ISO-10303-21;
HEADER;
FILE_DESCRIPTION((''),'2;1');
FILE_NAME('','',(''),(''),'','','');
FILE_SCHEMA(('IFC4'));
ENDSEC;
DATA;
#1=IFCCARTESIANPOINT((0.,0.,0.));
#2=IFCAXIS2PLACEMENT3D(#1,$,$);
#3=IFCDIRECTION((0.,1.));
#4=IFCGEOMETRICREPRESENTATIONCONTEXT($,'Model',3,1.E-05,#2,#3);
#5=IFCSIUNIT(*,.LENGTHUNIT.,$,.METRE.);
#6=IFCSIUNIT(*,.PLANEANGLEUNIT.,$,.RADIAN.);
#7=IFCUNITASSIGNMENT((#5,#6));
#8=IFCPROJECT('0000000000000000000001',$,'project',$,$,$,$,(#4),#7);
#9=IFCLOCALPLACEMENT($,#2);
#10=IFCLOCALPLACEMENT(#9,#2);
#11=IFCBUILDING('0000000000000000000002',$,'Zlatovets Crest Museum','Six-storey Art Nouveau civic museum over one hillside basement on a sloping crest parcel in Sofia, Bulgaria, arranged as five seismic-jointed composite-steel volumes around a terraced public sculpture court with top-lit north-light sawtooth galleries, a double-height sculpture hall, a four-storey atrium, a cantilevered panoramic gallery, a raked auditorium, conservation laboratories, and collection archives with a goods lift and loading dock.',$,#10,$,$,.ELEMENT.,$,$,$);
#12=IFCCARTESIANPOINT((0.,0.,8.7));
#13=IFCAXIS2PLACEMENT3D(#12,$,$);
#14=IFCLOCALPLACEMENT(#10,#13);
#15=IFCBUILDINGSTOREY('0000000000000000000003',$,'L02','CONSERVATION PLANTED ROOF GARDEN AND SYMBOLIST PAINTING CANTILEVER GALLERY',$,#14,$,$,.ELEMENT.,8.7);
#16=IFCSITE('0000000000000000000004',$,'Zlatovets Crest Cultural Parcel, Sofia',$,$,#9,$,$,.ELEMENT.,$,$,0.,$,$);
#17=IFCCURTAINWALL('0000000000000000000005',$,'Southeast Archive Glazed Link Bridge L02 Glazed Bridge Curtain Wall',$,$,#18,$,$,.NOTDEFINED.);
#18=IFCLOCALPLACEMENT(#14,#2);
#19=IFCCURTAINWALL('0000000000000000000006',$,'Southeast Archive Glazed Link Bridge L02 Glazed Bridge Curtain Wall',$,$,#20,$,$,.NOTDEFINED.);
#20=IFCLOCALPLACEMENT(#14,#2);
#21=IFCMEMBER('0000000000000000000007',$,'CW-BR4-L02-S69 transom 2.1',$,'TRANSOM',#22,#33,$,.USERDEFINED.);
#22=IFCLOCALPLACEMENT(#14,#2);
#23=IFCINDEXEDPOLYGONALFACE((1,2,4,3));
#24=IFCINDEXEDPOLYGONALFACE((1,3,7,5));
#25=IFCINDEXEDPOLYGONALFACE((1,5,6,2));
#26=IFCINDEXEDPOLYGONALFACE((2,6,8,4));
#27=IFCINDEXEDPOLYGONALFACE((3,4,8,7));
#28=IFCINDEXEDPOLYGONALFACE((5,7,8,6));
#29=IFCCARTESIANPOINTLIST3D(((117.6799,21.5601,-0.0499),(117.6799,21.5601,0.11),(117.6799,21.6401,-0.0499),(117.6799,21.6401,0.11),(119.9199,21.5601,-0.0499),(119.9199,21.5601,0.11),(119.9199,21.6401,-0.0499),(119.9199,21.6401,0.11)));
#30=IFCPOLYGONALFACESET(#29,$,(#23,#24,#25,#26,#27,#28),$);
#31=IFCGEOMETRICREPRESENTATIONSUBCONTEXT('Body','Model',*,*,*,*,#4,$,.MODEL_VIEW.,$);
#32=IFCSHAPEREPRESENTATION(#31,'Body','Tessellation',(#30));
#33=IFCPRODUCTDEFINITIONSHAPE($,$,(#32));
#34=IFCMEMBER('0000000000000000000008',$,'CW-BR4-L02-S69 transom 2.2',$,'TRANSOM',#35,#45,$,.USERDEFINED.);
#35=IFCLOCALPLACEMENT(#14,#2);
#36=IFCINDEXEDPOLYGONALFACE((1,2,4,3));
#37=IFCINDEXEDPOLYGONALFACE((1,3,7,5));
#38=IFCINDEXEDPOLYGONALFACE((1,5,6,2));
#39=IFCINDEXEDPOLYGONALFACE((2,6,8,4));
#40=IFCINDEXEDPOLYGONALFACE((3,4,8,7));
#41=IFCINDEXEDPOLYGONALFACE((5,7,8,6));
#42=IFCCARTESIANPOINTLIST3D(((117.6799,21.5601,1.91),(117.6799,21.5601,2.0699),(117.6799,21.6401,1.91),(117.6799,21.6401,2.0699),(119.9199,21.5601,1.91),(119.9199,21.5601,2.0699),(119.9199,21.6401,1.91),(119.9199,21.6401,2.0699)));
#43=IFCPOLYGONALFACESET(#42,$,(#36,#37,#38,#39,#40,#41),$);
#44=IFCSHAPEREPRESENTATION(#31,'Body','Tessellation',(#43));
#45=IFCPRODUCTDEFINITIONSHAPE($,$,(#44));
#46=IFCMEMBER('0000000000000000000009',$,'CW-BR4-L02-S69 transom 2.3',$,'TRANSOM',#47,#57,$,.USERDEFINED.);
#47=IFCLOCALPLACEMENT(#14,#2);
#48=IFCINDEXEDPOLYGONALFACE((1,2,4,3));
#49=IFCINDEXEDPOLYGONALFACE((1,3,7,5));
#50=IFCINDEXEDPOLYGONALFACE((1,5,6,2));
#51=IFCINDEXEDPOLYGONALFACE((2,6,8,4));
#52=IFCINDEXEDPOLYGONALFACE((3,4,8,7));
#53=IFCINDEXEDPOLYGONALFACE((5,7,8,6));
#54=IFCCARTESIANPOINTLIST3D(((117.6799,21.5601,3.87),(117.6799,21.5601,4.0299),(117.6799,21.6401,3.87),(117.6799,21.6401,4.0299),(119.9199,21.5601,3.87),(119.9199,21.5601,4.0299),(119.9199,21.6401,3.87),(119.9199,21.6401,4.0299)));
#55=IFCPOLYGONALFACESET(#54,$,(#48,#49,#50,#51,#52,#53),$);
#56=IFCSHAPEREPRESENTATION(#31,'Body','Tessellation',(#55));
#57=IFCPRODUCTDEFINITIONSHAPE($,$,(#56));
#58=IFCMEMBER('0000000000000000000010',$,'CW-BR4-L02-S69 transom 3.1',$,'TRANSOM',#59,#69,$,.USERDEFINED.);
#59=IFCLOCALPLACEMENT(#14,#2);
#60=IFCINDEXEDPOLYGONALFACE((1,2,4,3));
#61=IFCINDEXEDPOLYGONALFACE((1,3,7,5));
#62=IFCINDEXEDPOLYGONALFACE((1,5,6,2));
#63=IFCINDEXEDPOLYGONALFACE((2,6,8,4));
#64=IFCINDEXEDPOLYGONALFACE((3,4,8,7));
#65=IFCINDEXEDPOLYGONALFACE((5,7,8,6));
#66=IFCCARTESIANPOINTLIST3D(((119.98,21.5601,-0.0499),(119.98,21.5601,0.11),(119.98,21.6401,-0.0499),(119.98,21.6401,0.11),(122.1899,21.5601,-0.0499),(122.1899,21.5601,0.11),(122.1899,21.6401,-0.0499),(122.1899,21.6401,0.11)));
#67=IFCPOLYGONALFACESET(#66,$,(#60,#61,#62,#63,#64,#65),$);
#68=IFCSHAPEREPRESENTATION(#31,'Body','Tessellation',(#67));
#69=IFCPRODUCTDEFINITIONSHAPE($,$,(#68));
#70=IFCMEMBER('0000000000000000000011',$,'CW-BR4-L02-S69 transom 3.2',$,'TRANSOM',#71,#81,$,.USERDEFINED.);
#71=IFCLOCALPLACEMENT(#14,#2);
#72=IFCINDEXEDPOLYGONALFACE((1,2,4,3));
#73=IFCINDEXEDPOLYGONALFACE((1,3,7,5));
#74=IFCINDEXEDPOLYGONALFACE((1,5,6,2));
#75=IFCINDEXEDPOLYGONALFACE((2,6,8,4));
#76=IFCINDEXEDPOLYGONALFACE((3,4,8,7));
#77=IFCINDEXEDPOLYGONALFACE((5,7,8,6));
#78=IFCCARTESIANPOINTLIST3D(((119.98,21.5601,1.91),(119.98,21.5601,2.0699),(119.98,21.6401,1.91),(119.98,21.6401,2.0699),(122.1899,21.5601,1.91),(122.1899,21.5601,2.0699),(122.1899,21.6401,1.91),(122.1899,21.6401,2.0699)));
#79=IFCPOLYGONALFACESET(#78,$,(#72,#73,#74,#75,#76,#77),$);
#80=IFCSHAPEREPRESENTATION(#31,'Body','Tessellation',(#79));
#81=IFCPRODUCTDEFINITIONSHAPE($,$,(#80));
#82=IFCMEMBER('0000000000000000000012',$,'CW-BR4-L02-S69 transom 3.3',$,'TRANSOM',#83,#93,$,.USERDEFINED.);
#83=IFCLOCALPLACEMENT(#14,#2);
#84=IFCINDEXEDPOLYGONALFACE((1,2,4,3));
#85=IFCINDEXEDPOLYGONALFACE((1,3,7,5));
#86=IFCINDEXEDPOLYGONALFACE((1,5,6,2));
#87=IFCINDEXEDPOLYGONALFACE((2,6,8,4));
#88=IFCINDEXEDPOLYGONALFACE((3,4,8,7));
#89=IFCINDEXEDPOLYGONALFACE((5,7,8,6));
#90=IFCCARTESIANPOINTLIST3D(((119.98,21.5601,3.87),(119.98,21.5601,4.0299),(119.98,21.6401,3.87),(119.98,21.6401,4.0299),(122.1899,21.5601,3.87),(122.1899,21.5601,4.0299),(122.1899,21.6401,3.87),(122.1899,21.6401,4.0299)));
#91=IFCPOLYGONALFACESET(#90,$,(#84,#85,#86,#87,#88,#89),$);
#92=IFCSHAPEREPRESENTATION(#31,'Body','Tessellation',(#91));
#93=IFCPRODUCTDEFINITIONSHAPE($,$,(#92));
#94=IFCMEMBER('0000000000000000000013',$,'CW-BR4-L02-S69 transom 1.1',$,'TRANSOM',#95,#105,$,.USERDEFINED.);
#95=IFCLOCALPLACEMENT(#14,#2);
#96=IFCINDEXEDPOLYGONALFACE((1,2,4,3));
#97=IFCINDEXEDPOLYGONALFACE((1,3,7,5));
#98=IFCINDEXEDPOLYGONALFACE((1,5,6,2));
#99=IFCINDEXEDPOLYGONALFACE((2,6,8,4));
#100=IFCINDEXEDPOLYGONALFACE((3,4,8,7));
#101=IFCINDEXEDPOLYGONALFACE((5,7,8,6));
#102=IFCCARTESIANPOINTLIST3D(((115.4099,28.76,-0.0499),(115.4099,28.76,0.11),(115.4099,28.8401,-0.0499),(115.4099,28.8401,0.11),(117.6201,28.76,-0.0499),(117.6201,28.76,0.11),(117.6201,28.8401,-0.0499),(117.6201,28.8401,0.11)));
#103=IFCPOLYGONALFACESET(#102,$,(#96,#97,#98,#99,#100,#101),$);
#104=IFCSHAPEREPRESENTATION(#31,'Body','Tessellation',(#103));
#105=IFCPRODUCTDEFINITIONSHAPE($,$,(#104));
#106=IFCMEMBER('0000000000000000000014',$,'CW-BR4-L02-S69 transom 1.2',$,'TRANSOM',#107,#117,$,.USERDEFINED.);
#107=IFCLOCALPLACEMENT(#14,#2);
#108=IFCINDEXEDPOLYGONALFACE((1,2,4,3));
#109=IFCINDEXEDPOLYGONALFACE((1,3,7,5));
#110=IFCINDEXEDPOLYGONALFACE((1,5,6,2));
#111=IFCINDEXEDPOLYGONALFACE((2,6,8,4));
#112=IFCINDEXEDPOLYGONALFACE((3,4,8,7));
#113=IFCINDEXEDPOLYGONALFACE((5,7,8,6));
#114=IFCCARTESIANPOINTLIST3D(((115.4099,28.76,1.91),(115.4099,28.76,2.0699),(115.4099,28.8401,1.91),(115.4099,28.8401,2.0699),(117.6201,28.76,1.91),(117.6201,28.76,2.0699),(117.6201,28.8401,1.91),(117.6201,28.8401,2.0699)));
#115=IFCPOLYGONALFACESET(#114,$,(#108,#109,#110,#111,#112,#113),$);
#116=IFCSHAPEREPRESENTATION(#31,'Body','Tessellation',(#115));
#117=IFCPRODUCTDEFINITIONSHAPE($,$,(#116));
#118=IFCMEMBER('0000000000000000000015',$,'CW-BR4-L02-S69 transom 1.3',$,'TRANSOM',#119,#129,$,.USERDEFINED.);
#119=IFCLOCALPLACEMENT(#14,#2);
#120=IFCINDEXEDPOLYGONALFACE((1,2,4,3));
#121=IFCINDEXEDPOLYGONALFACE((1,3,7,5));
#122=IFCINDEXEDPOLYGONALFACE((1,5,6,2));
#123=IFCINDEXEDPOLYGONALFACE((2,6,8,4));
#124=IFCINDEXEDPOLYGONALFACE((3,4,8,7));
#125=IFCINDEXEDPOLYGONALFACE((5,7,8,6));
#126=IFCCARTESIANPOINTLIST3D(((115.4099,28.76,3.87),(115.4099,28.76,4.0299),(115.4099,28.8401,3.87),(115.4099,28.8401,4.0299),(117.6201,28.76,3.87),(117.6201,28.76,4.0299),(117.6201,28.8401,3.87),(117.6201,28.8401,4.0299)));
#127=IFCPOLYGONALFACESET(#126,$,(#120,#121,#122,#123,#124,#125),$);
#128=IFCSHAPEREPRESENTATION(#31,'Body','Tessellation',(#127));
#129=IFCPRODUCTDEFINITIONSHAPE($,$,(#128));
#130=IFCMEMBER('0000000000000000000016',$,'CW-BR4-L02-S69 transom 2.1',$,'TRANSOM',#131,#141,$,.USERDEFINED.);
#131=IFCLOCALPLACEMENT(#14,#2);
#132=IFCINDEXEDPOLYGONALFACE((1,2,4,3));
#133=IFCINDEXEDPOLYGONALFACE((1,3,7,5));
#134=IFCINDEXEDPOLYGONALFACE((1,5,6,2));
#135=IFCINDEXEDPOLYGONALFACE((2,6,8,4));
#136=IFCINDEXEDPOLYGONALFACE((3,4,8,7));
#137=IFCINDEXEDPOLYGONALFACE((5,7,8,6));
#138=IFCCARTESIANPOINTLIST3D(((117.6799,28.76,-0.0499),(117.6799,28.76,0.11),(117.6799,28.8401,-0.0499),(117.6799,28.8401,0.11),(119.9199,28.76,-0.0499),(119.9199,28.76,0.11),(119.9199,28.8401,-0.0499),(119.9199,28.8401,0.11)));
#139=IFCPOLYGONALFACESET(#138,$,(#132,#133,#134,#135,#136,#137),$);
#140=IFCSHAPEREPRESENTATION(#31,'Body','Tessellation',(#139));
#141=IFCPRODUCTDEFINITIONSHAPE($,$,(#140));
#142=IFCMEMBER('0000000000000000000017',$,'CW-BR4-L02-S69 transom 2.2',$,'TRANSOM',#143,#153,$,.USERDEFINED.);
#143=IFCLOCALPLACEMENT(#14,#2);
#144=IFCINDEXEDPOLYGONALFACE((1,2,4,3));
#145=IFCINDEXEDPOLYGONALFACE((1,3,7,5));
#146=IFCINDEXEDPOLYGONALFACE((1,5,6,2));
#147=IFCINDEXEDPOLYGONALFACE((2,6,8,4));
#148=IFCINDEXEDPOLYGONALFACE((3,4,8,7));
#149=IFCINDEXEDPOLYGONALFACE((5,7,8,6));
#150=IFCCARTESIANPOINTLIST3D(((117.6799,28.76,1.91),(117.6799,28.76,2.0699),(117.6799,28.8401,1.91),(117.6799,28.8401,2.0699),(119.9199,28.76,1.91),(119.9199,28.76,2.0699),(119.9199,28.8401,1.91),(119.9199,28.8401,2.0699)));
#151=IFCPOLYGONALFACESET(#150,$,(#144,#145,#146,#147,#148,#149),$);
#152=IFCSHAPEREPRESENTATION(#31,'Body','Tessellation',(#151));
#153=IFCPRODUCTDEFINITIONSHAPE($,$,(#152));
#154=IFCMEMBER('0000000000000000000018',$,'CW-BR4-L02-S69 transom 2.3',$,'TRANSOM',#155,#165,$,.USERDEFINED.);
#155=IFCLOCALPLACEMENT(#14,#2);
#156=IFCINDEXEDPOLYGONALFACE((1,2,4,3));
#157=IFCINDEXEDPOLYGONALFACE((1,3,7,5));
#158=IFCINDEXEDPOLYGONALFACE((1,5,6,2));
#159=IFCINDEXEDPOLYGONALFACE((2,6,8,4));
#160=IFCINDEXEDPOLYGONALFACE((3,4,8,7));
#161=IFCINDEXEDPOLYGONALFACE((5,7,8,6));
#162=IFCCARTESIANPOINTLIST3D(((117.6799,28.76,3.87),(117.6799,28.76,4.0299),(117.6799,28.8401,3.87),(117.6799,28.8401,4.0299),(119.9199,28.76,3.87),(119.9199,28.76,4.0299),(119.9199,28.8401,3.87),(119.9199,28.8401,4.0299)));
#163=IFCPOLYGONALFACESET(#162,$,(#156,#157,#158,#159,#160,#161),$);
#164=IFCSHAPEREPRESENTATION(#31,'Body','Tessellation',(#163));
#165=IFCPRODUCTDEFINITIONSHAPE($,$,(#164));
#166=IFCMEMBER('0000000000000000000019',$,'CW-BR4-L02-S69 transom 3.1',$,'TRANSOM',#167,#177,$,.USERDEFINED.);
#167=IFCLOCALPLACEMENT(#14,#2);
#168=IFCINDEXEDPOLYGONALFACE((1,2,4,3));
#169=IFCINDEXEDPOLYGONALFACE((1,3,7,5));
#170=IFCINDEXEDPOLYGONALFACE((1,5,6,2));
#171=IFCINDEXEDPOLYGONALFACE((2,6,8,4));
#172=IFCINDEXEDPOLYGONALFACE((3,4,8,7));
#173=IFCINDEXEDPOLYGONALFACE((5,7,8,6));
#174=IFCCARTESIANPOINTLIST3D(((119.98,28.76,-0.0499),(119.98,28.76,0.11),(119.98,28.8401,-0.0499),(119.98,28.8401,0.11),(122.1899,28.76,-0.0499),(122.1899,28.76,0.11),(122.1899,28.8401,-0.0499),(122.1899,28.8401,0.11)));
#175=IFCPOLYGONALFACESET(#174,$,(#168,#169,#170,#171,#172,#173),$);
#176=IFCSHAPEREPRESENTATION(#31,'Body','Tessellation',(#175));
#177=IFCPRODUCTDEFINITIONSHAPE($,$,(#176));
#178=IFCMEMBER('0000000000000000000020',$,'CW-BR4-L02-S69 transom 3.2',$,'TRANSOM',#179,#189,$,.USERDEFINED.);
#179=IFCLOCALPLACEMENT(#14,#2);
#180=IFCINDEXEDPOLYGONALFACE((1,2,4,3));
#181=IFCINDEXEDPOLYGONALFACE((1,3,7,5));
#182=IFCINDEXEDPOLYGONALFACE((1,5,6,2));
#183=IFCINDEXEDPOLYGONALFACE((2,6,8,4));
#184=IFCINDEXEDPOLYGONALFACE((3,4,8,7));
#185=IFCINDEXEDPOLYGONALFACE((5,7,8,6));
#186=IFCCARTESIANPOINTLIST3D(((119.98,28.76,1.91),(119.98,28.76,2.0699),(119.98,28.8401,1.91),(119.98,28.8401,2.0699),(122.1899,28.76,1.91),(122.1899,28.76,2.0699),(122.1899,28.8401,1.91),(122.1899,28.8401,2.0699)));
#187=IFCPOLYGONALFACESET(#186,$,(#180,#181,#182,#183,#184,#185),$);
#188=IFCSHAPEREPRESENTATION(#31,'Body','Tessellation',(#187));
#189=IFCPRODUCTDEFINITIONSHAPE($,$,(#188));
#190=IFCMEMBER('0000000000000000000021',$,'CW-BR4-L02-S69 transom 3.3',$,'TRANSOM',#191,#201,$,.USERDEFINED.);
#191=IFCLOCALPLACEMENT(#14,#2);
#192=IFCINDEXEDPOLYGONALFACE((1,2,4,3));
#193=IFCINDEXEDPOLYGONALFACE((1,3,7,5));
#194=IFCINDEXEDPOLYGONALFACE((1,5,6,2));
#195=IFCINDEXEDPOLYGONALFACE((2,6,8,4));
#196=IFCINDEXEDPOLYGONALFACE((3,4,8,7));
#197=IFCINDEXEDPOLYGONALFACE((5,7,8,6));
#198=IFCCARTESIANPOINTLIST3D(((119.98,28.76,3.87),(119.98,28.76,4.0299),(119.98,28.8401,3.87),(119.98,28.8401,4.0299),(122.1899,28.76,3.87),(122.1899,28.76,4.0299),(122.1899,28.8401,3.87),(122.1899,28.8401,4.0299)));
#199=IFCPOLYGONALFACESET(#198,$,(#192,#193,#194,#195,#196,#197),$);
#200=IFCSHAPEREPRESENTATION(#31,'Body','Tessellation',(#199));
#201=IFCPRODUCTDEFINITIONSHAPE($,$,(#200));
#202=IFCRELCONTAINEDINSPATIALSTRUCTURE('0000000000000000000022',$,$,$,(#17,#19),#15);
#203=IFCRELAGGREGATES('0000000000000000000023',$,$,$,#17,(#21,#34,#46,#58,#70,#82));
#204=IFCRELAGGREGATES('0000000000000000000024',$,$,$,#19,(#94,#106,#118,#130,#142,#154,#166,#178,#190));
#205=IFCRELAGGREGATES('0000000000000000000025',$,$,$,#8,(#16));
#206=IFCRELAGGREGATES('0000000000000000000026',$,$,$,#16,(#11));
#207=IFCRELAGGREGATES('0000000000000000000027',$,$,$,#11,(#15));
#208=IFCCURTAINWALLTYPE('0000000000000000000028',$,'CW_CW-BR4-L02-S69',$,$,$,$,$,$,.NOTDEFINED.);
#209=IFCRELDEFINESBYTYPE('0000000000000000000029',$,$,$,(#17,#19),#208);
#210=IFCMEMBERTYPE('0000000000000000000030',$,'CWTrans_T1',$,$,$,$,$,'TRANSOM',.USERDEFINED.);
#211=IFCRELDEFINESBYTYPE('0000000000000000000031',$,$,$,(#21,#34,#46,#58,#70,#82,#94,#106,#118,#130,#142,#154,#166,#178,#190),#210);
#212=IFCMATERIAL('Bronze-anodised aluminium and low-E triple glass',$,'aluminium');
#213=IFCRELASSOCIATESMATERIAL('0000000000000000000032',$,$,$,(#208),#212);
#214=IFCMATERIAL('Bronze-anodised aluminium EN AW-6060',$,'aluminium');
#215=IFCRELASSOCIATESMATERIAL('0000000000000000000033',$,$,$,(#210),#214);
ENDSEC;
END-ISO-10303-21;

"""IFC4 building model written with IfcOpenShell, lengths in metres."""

from ifc_helpers import new_model, si_unit, direction, frame, origin, origin_2d, place, context, subcontext, project, spatial, rectangle, extrude, material, material_profile, profile_set, type_object, element, aggregate, save


model = new_model("IFC4")

# Units and contexts
model_context = context("Model", 3, precision=1e-05, world=origin(), true_north=direction((0.0, 1.0)))
body_context = subcontext(model_context, "Body", "Model", "MODEL_VIEW")
ifc_project = project(units=[si_unit("LENGTHUNIT", "METRE"), si_unit("PLANEANGLEUNIT", "RADIAN")], contexts=[model_context])

# Site, building, storey
site_placement = place(None, origin())
site = spatial("IfcSite", under=ifc_project, at=site_placement, Name="Zlatovets Crest Cultural Parcel, Sofia", CompositionType="ELEMENT", RefElevation=0.0)
building_placement = place(site_placement, origin())
building = spatial("IfcBuilding", under=site, at=building_placement, Name="Zlatovets Crest Museum", Description="Six-storey Art Nouveau civic museum over one hillside basement on a sloping crest parcel in Sofia, Bulgaria, arranged as five seismic-jointed composite-steel volumes around a terraced public sculpture court with top-lit north-light sawtooth galleries, a double-height sculpture hall, a four-storey atrium, a cantilevered panoramic gallery, a raked auditorium, conservation laboratories, and collection archives with a goods lift and loading dock.", CompositionType="ELEMENT")
storey_placement = place(building_placement, frame((0.0, 0.0, 8.7)))
storey = spatial("IfcBuildingStorey", under=building, at=storey_placement, Name="L02", Description="CONSERVATION PLANTED ROOF GARDEN AND SYMBOLIST PAINTING CANTILEVER GALLERY", CompositionType="ELEMENT", Elevation=8.7)

# Curtain walls
ifc_material_1 = material(Name="Bronze-anodised aluminium and low-E triple glass", Category="aluminium")
curtain_wall_type = type_object("IfcCurtainWallType", Name="CW_CW-BR4-L02-S69", PredefinedType="NOTDEFINED", material=ifc_material_1)
curtain_wall_1_placement = place(storey_placement, origin())
curtain_wall_1 = element("IfcCurtainWall", 1, at=curtain_wall_1_placement, inside=storey, type_object=curtain_wall_type, Name="Southeast Archive Glazed Link Bridge L02 Glazed Bridge Curtain Wall", PredefinedType="NOTDEFINED")
ifc_material_2 = material(Name="Bronze-anodised aluminium EN AW-6060", Category="aluminium")
curtain_wall_2_placement = place(storey_placement, origin())
curtain_wall_2 = element("IfcCurtainWall", 2, at=curtain_wall_2_placement, inside=storey, type_object=curtain_wall_type, Name="Southeast Archive Glazed Link Bridge L02 Glazed Bridge Curtain Wall", PredefinedType="NOTDEFINED")

# Members
ifc_material_profile_1 = material_profile(ifc_material_2, rectangle(XDim=0.0801, YDim=0.1599, at=origin_2d()), Name="ALU 80x160")
ifc_profile_set_1 = profile_set([ifc_material_profile_1], Name="Bronze-anodised aluminium EN AW-6060")
member_type_1 = type_object("IfcMemberType", Name="CWTrans_T1", ElementType="TRANSOM", PredefinedType="USERDEFINED", material=ifc_profile_set_1)
member_1_placement = place(storey_placement, frame((117.6799, 21.6001, 0.03), z_axis=(1.0, 0.0, 0.0), x_axis=(0.0, 1.0, 0.0)))
member_1 = element("IfcMember", 3, at=member_1_placement, type_object=member_type_1, Name="CW-BR4-L02-S69 transom 2.1", ObjectType="TRANSOM", PredefinedType="USERDEFINED", context=body_context, shape_type="SweptSolid", body=[
    extrude(rectangle(XDim=0.0801, YDim=0.1599, at=origin_2d()), origin(), (0.0, 0.0, 1.0), 2.24),
])
member_2_placement = place(storey_placement, frame((117.6799, 21.6001, 1.99), z_axis=(1.0, 0.0, 0.0), x_axis=(0.0, 1.0, 0.0)))
member_2 = element("IfcMember", 4, at=member_2_placement, type_object=member_type_1, Name="CW-BR4-L02-S69 transom 2.2", ObjectType="TRANSOM", PredefinedType="USERDEFINED", context=body_context, shape_type="SweptSolid", body=[
    extrude(rectangle(XDim=0.0801, YDim=0.1599, at=origin_2d()), origin(), (0.0, 0.0, 1.0), 2.24),
])
member_3_placement = place(storey_placement, frame((117.6799, 21.6001, 3.95), z_axis=(1.0, 0.0, 0.0), x_axis=(0.0, 1.0, 0.0)))
member_3 = element("IfcMember", 5, at=member_3_placement, type_object=member_type_1, Name="CW-BR4-L02-S69 transom 2.3", ObjectType="TRANSOM", PredefinedType="USERDEFINED", context=body_context, shape_type="SweptSolid", body=[
    extrude(rectangle(XDim=0.0801, YDim=0.1599, at=origin_2d()), origin(), (0.0, 0.0, 1.0), 2.24),
])
member_4_placement = place(storey_placement, frame((119.98, 21.6001, 0.03), z_axis=(1.0, 0.0, 0.0), x_axis=(0.0, 1.0, 0.0)))
member_4 = element("IfcMember", 6, at=member_4_placement, type_object=member_type_1, Name="CW-BR4-L02-S69 transom 3.1", ObjectType="TRANSOM", PredefinedType="USERDEFINED", context=body_context, shape_type="SweptSolid", body=[
    extrude(rectangle(XDim=0.0801, YDim=0.1599, at=origin_2d()), origin(), (0.0, 0.0, 1.0), 2.21),
])
member_5_placement = place(storey_placement, frame((119.98, 21.6001, 1.99), z_axis=(1.0, 0.0, 0.0), x_axis=(0.0, 1.0, 0.0)))
member_5 = element("IfcMember", 7, at=member_5_placement, type_object=member_type_1, Name="CW-BR4-L02-S69 transom 3.2", ObjectType="TRANSOM", PredefinedType="USERDEFINED", context=body_context, shape_type="SweptSolid", body=[
    extrude(rectangle(XDim=0.0801, YDim=0.1599, at=origin_2d()), origin(), (0.0, 0.0, 1.0), 2.21),
])
member_6_placement = place(storey_placement, frame((119.98, 21.6001, 3.95), z_axis=(1.0, 0.0, 0.0), x_axis=(0.0, 1.0, 0.0)))
member_6 = element("IfcMember", 8, at=member_6_placement, type_object=member_type_1, Name="CW-BR4-L02-S69 transom 3.3", ObjectType="TRANSOM", PredefinedType="USERDEFINED", context=body_context, shape_type="SweptSolid", body=[
    extrude(rectangle(XDim=0.0801, YDim=0.1599, at=origin_2d()), origin(), (0.0, 0.0, 1.0), 2.21),
])
member_7_placement = place(storey_placement, frame((115.4099, 28.8, 0.03), z_axis=(1.0, 0.0, 0.0), x_axis=(0.0, 1.0, 0.0)))
member_7 = element("IfcMember", 9, at=member_7_placement, type_object=member_type_1, Name="CW-BR4-L02-S69 transom 1.1", ObjectType="TRANSOM", PredefinedType="USERDEFINED", context=body_context, shape_type="SweptSolid", body=[
    extrude(rectangle(XDim=0.0801, YDim=0.1599, at=origin_2d()), origin(), (0.0, 0.0, 1.0), 2.2102),
])
member_8_placement = place(storey_placement, frame((115.4099, 28.8, 1.99), z_axis=(1.0, 0.0, 0.0), x_axis=(0.0, 1.0, 0.0)))
member_8 = element("IfcMember", 10, at=member_8_placement, type_object=member_type_1, Name="CW-BR4-L02-S69 transom 1.2", ObjectType="TRANSOM", PredefinedType="USERDEFINED", context=body_context, shape_type="SweptSolid", body=[
    extrude(rectangle(XDim=0.0801, YDim=0.1599, at=origin_2d()), origin(), (0.0, 0.0, 1.0), 2.2102),
])
member_9_placement = place(storey_placement, frame((115.4099, 28.8, 3.95), z_axis=(1.0, 0.0, 0.0), x_axis=(0.0, 1.0, 0.0)))
member_9 = element("IfcMember", 11, at=member_9_placement, type_object=member_type_1, Name="CW-BR4-L02-S69 transom 1.3", ObjectType="TRANSOM", PredefinedType="USERDEFINED", context=body_context, shape_type="SweptSolid", body=[
    extrude(rectangle(XDim=0.0801, YDim=0.1599, at=origin_2d()), origin(), (0.0, 0.0, 1.0), 2.2102),
])
member_10_placement = place(storey_placement, frame((117.6799, 28.8, 0.03), z_axis=(1.0, 0.0, 0.0), x_axis=(0.0, 1.0, 0.0)))
member_10 = element("IfcMember", 12, at=member_10_placement, type_object=member_type_1, Name="CW-BR4-L02-S69 transom 2.1", ObjectType="TRANSOM", PredefinedType="USERDEFINED", context=body_context, shape_type="SweptSolid", body=[
    extrude(rectangle(XDim=0.0801, YDim=0.1599, at=origin_2d()), origin(), (0.0, 0.0, 1.0), 2.24),
])
member_11_placement = place(storey_placement, frame((117.6799, 28.8, 1.99), z_axis=(1.0, 0.0, 0.0), x_axis=(0.0, 1.0, 0.0)))
member_11 = element("IfcMember", 13, at=member_11_placement, type_object=member_type_1, Name="CW-BR4-L02-S69 transom 2.2", ObjectType="TRANSOM", PredefinedType="USERDEFINED", context=body_context, shape_type="SweptSolid", body=[
    extrude(rectangle(XDim=0.0801, YDim=0.1599, at=origin_2d()), origin(), (0.0, 0.0, 1.0), 2.24),
])
member_12_placement = place(storey_placement, frame((117.6799, 28.8, 3.95), z_axis=(1.0, 0.0, 0.0), x_axis=(0.0, 1.0, 0.0)))
member_12 = element("IfcMember", 14, at=member_12_placement, type_object=member_type_1, Name="CW-BR4-L02-S69 transom 2.3", ObjectType="TRANSOM", PredefinedType="USERDEFINED", context=body_context, shape_type="SweptSolid", body=[
    extrude(rectangle(XDim=0.0801, YDim=0.1599, at=origin_2d()), origin(), (0.0, 0.0, 1.0), 2.24),
])
member_13_placement = place(storey_placement, frame((119.98, 28.8, 0.03), z_axis=(1.0, 0.0, 0.0), x_axis=(0.0, 1.0, 0.0)))
member_13 = element("IfcMember", 15, at=member_13_placement, type_object=member_type_1, Name="CW-BR4-L02-S69 transom 3.1", ObjectType="TRANSOM", PredefinedType="USERDEFINED", context=body_context, shape_type="SweptSolid", body=[
    extrude(rectangle(XDim=0.0801, YDim=0.1599, at=origin_2d()), origin(), (0.0, 0.0, 1.0), 2.21),
])
member_14_placement = place(storey_placement, frame((119.98, 28.8, 1.99), z_axis=(1.0, 0.0, 0.0), x_axis=(0.0, 1.0, 0.0)))
member_14 = element("IfcMember", 16, at=member_14_placement, type_object=member_type_1, Name="CW-BR4-L02-S69 transom 3.2", ObjectType="TRANSOM", PredefinedType="USERDEFINED", context=body_context, shape_type="SweptSolid", body=[
    extrude(rectangle(XDim=0.0801, YDim=0.1599, at=origin_2d()), origin(), (0.0, 0.0, 1.0), 2.21),
])
member_15_placement = place(storey_placement, frame((119.98, 28.8, 3.95), z_axis=(1.0, 0.0, 0.0), x_axis=(0.0, 1.0, 0.0)))
member_15 = element("IfcMember", 17, at=member_15_placement, type_object=member_type_1, Name="CW-BR4-L02-S69 transom 3.3", ObjectType="TRANSOM", PredefinedType="USERDEFINED", context=body_context, shape_type="SweptSolid", body=[
    extrude(rectangle(XDim=0.0801, YDim=0.1599, at=origin_2d()), origin(), (0.0, 0.0, 1.0), 2.21),
])

aggregate(curtain_wall_1, [member_1, member_2, member_3, member_4, member_5, member_6])
aggregate(curtain_wall_2, [member_7, member_8, member_9, member_10, member_11, member_12, member_13, member_14, member_15])

save(model, "model.ifc")
